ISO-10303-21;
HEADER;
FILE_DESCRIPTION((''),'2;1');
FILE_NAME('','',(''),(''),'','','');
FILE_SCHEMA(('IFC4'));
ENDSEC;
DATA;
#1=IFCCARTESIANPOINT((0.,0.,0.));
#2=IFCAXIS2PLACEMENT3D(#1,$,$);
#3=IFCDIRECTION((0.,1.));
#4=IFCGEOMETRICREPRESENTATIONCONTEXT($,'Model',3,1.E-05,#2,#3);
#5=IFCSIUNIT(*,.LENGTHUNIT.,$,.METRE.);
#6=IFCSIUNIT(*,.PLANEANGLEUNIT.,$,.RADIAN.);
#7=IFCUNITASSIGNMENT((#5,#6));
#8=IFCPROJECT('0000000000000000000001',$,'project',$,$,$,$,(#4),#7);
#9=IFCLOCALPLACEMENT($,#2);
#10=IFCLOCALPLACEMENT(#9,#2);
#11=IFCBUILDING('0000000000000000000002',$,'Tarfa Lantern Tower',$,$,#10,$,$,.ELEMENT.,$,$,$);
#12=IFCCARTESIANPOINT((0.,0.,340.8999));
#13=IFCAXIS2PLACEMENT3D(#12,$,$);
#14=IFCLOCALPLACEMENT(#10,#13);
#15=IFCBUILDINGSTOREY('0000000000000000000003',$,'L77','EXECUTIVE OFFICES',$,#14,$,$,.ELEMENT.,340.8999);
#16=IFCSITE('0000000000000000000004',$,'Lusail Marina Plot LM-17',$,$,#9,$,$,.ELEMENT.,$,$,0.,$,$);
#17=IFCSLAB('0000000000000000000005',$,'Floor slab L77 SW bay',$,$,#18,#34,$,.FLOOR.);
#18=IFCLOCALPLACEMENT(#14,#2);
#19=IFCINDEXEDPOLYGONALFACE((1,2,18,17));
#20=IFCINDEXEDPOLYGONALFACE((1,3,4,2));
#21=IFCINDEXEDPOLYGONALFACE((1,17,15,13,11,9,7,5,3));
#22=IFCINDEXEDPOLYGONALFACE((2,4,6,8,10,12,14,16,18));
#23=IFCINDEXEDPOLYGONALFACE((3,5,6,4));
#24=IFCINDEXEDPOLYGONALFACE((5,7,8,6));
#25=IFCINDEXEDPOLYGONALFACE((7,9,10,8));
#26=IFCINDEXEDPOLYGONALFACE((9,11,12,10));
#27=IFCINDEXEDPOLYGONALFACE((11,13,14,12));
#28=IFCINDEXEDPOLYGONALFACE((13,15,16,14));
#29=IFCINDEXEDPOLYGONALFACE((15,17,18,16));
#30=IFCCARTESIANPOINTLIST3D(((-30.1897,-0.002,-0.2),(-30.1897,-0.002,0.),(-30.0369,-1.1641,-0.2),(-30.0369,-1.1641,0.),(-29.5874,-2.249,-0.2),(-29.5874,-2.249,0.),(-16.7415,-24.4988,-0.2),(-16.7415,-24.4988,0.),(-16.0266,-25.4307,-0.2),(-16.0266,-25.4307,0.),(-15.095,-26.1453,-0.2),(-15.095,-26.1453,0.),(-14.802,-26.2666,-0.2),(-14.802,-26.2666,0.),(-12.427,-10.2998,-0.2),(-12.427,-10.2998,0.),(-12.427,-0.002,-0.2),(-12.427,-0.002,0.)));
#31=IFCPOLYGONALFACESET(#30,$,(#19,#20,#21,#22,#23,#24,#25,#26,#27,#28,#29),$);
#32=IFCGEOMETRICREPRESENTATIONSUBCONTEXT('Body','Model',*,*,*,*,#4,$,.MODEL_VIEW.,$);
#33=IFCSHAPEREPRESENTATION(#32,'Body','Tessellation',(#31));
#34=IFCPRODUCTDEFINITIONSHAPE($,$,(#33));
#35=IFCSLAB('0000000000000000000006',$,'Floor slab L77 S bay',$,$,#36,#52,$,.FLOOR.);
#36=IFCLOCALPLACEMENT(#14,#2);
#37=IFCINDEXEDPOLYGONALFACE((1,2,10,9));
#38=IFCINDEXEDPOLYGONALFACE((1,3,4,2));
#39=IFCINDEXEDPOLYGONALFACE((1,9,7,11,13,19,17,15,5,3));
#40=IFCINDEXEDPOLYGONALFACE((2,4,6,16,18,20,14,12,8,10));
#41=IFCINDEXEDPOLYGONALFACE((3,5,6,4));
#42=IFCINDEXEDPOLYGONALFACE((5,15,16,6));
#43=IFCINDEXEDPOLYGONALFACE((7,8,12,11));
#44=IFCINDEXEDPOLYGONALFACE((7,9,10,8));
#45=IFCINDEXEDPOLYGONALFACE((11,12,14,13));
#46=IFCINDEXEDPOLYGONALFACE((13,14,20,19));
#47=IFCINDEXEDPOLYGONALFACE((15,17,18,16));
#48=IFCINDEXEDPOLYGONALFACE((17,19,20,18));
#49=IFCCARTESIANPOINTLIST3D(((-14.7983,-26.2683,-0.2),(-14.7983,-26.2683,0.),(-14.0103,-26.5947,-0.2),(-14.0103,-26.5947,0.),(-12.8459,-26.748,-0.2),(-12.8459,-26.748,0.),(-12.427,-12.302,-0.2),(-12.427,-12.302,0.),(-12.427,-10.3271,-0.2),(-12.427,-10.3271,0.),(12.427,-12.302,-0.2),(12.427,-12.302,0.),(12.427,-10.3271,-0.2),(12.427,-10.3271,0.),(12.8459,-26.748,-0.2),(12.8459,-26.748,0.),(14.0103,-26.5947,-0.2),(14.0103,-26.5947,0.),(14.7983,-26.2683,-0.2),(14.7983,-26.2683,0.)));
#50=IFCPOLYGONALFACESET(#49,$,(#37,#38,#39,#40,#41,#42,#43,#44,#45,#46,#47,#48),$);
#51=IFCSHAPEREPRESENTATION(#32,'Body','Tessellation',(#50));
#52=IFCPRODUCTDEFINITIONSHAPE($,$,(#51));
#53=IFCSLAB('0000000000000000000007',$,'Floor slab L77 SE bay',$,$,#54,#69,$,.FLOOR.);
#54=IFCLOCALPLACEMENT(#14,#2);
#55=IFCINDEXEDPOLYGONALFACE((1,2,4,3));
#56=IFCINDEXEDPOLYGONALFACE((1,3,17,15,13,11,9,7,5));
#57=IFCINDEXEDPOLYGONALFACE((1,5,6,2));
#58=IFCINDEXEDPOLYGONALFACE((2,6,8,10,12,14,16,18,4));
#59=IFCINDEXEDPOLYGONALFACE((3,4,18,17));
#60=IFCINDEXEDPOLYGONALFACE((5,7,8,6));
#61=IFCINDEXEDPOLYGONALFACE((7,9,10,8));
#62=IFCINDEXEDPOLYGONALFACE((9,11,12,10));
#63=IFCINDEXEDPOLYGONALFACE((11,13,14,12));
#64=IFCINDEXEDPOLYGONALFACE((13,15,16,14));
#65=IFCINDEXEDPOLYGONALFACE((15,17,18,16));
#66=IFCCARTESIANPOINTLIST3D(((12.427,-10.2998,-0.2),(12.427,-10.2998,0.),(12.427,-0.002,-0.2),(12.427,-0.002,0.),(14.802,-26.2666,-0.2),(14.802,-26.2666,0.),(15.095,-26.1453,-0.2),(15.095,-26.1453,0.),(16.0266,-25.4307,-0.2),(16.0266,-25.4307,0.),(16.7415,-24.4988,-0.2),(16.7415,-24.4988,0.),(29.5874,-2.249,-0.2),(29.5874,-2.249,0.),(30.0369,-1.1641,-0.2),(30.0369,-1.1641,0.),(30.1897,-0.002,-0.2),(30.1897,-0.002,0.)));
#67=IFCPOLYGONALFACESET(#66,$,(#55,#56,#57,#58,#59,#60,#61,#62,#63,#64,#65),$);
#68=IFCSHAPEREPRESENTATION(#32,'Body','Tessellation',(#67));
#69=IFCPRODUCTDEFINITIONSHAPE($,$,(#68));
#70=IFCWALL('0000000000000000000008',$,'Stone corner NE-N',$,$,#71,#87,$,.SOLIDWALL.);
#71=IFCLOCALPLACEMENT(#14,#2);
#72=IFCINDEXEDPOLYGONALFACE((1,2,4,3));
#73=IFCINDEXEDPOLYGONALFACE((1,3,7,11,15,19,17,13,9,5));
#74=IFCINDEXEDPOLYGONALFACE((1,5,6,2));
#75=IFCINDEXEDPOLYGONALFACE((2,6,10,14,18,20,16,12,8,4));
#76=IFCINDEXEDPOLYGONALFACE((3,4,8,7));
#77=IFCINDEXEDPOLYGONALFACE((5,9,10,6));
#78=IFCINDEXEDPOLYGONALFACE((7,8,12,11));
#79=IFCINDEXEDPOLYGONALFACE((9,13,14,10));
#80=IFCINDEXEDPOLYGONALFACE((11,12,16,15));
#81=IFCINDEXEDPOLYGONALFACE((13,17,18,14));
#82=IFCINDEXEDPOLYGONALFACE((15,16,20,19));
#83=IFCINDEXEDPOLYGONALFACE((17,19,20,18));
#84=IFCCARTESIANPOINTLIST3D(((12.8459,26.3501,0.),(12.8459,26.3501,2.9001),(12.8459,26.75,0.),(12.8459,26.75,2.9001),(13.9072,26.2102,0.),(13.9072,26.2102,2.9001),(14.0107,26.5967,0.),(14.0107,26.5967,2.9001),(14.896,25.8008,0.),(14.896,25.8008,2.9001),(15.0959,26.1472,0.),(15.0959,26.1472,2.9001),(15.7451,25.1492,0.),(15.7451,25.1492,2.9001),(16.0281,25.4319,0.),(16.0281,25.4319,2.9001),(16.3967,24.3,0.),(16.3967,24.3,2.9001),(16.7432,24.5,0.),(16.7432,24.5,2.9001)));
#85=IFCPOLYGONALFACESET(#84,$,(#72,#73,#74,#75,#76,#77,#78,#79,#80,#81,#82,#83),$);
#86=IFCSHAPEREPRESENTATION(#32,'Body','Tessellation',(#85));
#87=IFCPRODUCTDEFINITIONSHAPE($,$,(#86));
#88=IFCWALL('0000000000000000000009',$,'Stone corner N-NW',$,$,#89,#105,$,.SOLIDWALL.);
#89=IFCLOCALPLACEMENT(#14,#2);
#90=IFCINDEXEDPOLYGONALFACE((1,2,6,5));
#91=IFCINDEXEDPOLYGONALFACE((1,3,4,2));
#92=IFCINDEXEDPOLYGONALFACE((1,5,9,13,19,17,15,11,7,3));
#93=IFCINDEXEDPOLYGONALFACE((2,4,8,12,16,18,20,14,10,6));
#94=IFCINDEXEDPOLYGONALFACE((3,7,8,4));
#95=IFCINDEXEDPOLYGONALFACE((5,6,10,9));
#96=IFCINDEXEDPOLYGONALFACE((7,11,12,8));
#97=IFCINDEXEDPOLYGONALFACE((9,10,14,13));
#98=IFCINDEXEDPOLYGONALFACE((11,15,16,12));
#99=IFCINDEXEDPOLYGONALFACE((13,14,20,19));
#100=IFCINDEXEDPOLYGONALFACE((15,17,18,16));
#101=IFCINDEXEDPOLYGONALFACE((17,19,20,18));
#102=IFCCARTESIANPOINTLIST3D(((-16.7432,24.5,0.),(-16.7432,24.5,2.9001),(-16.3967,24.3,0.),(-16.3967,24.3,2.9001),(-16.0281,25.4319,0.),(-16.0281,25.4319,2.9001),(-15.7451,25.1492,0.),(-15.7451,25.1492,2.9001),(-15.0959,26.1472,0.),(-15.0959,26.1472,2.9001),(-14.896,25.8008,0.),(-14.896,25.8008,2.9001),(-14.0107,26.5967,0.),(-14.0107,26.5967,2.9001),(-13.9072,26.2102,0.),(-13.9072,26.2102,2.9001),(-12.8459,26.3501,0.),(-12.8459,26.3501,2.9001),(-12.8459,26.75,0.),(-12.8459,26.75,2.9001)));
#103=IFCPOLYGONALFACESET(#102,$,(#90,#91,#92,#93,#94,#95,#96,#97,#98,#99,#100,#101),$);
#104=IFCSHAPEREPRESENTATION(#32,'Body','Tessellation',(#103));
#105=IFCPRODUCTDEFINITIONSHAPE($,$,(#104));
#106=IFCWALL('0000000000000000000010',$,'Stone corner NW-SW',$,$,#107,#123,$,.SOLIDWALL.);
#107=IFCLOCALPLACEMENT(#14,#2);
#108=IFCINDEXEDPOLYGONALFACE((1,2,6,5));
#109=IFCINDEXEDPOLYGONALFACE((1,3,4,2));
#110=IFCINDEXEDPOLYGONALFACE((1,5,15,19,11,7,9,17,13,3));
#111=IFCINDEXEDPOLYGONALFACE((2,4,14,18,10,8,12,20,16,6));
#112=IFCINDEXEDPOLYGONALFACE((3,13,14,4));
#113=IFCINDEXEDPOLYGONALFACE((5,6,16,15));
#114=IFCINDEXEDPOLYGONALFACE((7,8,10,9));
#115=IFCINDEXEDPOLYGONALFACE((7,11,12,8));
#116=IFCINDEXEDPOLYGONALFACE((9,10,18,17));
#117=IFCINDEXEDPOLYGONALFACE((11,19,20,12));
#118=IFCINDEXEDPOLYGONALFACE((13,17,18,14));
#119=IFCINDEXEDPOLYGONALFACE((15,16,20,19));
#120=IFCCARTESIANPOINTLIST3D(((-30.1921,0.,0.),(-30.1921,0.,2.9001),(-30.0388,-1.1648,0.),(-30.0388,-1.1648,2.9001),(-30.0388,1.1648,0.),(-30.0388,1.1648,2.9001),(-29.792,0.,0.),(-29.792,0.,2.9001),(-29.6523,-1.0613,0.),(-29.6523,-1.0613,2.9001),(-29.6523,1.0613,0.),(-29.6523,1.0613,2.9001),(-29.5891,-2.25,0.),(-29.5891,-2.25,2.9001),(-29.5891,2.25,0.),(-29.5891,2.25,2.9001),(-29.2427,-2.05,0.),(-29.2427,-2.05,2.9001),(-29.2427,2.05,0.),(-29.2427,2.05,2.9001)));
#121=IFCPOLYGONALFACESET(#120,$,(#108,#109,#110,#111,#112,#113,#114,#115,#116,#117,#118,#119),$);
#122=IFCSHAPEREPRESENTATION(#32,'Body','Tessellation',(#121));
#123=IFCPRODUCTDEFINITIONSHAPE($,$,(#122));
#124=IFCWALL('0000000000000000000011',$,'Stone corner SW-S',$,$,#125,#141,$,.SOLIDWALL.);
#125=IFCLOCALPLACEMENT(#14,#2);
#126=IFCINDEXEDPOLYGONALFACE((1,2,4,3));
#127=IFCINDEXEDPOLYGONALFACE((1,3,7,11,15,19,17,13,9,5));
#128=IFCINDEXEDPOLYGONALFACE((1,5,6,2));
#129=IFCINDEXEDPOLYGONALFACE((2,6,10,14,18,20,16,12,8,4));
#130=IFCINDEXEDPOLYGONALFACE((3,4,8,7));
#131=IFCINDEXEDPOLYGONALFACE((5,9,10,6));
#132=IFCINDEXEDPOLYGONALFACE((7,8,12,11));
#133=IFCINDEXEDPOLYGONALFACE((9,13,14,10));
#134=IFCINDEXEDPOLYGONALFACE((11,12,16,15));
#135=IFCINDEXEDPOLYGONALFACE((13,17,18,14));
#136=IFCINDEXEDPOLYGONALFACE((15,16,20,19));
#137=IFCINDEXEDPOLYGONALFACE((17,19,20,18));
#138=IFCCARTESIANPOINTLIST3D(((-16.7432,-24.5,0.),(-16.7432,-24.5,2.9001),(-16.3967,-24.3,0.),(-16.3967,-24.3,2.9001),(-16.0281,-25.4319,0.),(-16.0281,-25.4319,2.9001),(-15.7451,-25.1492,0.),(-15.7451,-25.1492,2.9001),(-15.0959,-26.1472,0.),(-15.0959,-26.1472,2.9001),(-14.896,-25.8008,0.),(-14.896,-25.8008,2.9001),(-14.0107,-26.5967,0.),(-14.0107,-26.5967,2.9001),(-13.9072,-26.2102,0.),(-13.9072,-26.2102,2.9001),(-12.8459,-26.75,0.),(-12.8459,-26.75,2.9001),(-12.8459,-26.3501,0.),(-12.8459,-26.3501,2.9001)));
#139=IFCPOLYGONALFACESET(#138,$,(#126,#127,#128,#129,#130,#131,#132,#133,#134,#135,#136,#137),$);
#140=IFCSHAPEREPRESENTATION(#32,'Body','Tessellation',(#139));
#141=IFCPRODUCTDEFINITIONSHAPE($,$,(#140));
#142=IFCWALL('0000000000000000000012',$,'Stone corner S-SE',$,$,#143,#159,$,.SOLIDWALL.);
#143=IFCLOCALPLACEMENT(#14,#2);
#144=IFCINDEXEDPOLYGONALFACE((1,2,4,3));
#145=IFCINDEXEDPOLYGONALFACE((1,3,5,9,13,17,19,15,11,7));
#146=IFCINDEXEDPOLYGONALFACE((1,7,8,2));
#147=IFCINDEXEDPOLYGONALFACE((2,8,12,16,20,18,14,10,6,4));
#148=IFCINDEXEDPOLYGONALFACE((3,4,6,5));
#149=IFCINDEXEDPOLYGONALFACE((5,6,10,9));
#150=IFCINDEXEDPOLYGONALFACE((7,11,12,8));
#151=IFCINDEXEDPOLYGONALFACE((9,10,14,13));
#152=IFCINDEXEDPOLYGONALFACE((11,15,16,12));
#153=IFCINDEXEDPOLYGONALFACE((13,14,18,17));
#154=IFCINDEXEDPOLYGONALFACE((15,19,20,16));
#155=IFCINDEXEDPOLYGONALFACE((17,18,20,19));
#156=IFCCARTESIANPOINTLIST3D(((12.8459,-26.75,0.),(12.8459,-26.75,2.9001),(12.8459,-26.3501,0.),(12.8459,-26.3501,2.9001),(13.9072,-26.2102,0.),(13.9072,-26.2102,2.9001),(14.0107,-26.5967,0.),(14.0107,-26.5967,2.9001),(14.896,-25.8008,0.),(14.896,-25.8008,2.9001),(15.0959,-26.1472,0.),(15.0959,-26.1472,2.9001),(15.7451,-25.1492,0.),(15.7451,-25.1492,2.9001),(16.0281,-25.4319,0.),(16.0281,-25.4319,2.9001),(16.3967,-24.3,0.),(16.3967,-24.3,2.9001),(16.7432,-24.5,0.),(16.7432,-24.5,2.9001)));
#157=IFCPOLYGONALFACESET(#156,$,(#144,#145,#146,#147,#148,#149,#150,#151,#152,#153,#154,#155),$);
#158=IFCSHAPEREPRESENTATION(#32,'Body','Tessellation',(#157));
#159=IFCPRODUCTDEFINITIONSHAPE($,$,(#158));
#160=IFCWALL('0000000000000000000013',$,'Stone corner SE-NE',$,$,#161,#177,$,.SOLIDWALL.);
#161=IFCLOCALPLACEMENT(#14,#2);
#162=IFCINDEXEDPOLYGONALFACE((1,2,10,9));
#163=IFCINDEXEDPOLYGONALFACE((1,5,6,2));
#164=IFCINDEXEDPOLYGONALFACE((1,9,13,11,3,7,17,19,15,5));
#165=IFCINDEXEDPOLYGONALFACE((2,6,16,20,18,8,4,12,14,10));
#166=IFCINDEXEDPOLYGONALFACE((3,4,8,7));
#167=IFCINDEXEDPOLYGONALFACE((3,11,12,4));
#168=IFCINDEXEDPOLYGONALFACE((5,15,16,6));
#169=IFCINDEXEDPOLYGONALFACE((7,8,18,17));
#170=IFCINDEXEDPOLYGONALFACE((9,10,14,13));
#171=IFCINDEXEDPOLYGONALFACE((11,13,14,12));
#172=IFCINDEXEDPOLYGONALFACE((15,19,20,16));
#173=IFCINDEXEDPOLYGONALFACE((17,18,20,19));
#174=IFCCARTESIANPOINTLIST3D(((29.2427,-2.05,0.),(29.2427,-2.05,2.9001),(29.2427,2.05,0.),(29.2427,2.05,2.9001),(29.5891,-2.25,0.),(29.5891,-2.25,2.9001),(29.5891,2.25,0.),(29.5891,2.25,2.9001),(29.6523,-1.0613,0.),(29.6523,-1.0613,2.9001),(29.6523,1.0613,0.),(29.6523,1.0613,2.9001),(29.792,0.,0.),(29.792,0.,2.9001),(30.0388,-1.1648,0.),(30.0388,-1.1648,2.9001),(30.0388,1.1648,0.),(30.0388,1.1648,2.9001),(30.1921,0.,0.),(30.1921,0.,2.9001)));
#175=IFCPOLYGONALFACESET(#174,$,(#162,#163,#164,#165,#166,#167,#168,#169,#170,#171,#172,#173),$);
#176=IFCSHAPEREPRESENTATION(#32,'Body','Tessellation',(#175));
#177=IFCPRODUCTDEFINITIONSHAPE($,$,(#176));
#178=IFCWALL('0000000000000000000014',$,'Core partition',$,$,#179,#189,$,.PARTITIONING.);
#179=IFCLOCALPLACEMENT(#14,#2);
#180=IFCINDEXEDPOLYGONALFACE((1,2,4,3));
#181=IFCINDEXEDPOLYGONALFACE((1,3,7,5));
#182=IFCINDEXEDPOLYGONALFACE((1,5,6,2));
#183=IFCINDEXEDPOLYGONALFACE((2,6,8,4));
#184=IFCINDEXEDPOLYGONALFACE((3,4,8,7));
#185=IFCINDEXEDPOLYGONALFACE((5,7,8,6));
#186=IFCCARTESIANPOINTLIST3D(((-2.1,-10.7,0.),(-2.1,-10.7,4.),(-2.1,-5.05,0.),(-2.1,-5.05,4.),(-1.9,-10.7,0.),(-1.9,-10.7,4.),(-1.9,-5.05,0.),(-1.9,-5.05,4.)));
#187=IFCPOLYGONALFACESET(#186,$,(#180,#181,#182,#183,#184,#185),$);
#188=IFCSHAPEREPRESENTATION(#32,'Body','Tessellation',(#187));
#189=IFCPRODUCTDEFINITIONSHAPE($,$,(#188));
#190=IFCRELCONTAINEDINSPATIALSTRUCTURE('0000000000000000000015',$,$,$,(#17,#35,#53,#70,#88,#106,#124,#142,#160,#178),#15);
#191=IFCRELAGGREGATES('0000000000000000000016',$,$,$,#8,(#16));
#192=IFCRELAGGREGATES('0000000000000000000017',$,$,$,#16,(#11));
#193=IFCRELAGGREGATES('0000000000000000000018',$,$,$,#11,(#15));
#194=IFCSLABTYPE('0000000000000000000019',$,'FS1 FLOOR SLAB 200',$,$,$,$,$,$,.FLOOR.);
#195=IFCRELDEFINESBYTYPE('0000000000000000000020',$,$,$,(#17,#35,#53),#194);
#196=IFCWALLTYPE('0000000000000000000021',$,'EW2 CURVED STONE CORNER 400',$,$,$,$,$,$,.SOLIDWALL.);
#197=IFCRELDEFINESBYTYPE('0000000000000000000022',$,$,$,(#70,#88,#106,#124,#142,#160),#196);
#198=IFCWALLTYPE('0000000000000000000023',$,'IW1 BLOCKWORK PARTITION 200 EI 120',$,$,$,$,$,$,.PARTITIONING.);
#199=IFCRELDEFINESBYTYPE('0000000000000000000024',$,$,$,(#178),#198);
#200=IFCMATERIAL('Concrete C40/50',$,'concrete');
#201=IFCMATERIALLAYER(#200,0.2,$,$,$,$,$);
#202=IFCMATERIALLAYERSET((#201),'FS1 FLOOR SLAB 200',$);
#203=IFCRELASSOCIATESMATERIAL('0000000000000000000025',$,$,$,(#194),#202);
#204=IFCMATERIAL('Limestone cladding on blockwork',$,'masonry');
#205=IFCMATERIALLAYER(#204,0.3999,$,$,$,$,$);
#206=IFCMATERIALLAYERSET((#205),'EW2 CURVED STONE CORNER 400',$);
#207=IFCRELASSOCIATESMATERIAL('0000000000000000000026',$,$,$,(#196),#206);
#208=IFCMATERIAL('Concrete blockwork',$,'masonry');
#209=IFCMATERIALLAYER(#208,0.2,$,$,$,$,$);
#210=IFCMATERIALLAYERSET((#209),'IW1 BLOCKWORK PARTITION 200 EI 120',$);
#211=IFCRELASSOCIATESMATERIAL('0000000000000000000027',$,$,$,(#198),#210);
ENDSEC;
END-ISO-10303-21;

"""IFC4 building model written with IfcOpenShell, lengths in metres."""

from ifc_helpers import new_model, si_unit, direction, frame, frame_2d, origin, place, context, subcontext, project, spatial, polyline, rectangle, outline, extrude, material, layer, layer_set, type_object, element, save


model = new_model("IFC4")

# Units and contexts
model_context = context("Model", 3, precision=1e-05, world=origin(), true_north=direction((0.0, 1.0)))
body_context = subcontext(model_context, "Body", "Model", "MODEL_VIEW")
ifc_project = project(units=[si_unit("LENGTHUNIT", "METRE"), si_unit("PLANEANGLEUNIT", "RADIAN")], contexts=[model_context])

# Site, building, storey
site_placement = place(None, origin())
site = spatial("IfcSite", under=ifc_project, at=site_placement, Name="Lusail Marina Plot LM-17", CompositionType="ELEMENT", RefElevation=0.0)
building_placement = place(site_placement, origin())
building = spatial("IfcBuilding", under=site, at=building_placement, Name="Tarfa Lantern Tower", CompositionType="ELEMENT")
storey_placement = place(building_placement, frame((0.0, 0.0, 340.8999)))
storey = spatial("IfcBuildingStorey", under=building, at=storey_placement, Name="L77", Description="EXECUTIVE OFFICES", CompositionType="ELEMENT", Elevation=340.8999)

# Slabs
ifc_material_1 = material(Name="Concrete C40/50", Category="concrete")
ifc_layer_1 = layer(ifc_material_1, 0.2)
ifc_layer_set_1 = layer_set([ifc_layer_1], Name="FS1 FLOOR SLAB 200")
slab_type_1 = type_object("IfcSlabType", Name="FS1 FLOOR SLAB 200", PredefinedType="FLOOR", material=ifc_layer_set_1)
slab_1_placement = place(storey_placement, frame((0.0, 0.0, -0.2)))
element("IfcSlab", 1, at=slab_1_placement, inside=storey, type_object=slab_type_1, Name="Floor slab L77 SW bay", PredefinedType="FLOOR", context=body_context, shape_type="SweptSolid", body=[
    extrude(outline(polyline([(-12.427, -10.2998), (-12.427, -0.002), (-30.1897, -0.002), (-30.0369, -1.1641), (-29.5874, -2.249), (-16.7415, -24.4988), (-16.0266, -25.4307), (-15.095, -26.1453), (-14.802, -26.2666), (-12.427, -10.2998)])), origin(), (0.0, 0.0, 1.0), 0.2),
])
slab_2_placement = place(storey_placement, frame((0.0, 0.0, -0.2)))
element("IfcSlab", 2, at=slab_2_placement, inside=storey, type_object=slab_type_1, Name="Floor slab L77 S bay", PredefinedType="FLOOR", context=body_context, shape_type="SweptSolid", body=[
    extrude(outline(polyline([(12.427, -10.3271), (12.427, -12.302), (-12.427, -12.302), (-12.427, -10.3271), (-14.7983, -26.2683), (-14.0103, -26.5947), (-12.8459, -26.748), (12.8459, -26.748), (14.0103, -26.5947), (14.7983, -26.2683), (12.427, -10.3271)])), origin(), (0.0, 0.0, 1.0), 0.2),
])
slab_3_placement = place(storey_placement, frame((0.0, 0.0, -0.2)))
element("IfcSlab", 3, at=slab_3_placement, inside=storey, type_object=slab_type_1, Name="Floor slab L77 SE bay", PredefinedType="FLOOR", context=body_context, shape_type="SweptSolid", body=[
    extrude(outline(polyline([(12.427, -0.002), (12.427, -10.2998), (14.802, -26.2666), (15.095, -26.1453), (16.0266, -25.4307), (16.7415, -24.4988), (29.5874, -2.249), (30.0369, -1.1641), (30.1897, -0.002), (12.427, -0.002)])), origin(), (0.0, 0.0, 1.0), 0.2),
])

# Walls
ifc_material_2 = material(Name="Limestone cladding on blockwork", Category="masonry")
ifc_layer_2 = layer(ifc_material_2, 0.3999)
ifc_layer_set_2 = layer_set([ifc_layer_2], Name="EW2 CURVED STONE CORNER 400")
wall_type_1 = type_object("IfcWallType", Name="EW2 CURVED STONE CORNER 400", PredefinedType="SOLIDWALL", material=ifc_layer_set_2)
wall_1_placement = place(storey_placement, origin())
element("IfcWall", 4, at=wall_1_placement, inside=storey, type_object=wall_type_1, Name="Stone corner NE-N", PredefinedType="SOLIDWALL", context=body_context, shape_type="SweptSolid", body=[
    extrude(outline(polyline([(16.7432, 24.5), (16.0281, 25.4319), (15.0959, 26.1472), (14.0107, 26.5967), (12.8459, 26.75), (12.8459, 26.3501), (13.9072, 26.2102), (14.896, 25.8008), (15.7451, 25.1492), (16.3967, 24.3), (16.7432, 24.5)])), origin(), (0.0, 0.0, 1.0), 2.9001),
])
wall_2_placement = place(storey_placement, origin())
element("IfcWall", 5, at=wall_2_placement, inside=storey, type_object=wall_type_1, Name="Stone corner N-NW", PredefinedType="SOLIDWALL", context=body_context, shape_type="SweptSolid", body=[
    extrude(outline(polyline([(-12.8459, 26.75), (-14.0107, 26.5967), (-15.0959, 26.1472), (-16.0281, 25.4319), (-16.7432, 24.5), (-16.3967, 24.3), (-15.7451, 25.1492), (-14.896, 25.8008), (-13.9072, 26.2102), (-12.8459, 26.3501), (-12.8459, 26.75)])), origin(), (0.0, 0.0, 1.0), 2.9001),
])
wall_3_placement = place(storey_placement, origin())
element("IfcWall", 6, at=wall_3_placement, inside=storey, type_object=wall_type_1, Name="Stone corner NW-SW", PredefinedType="SOLIDWALL", context=body_context, shape_type="SweptSolid", body=[
    extrude(outline(polyline([(-29.5891, 2.25), (-30.0388, 1.1648), (-30.1921, 0.0), (-30.0388, -1.1648), (-29.5891, -2.25), (-29.2427, -2.05), (-29.6523, -1.0613), (-29.792, 0.0), (-29.6523, 1.0613), (-29.2427, 2.05), (-29.5891, 2.25)])), origin(), (0.0, 0.0, 1.0), 2.9001),
])
wall_4_placement = place(storey_placement, origin())
element("IfcWall", 7, at=wall_4_placement, inside=storey, type_object=wall_type_1, Name="Stone corner SW-S", PredefinedType="SOLIDWALL", context=body_context, shape_type="SweptSolid", body=[
    extrude(outline(polyline([(-16.7432, -24.5), (-16.0281, -25.4319), (-15.0959, -26.1472), (-14.0107, -26.5967), (-12.8459, -26.75), (-12.8459, -26.3501), (-13.9072, -26.2102), (-14.896, -25.8008), (-15.7451, -25.1492), (-16.3967, -24.3), (-16.7432, -24.5)])), origin(), (0.0, 0.0, 1.0), 2.9001),
])
wall_5_placement = place(storey_placement, origin())
element("IfcWall", 8, at=wall_5_placement, inside=storey, type_object=wall_type_1, Name="Stone corner S-SE", PredefinedType="SOLIDWALL", context=body_context, shape_type="SweptSolid", body=[
    extrude(outline(polyline([(12.8459, -26.75), (14.0107, -26.5967), (15.0959, -26.1472), (16.0281, -25.4319), (16.7432, -24.5), (16.3967, -24.3), (15.7451, -25.1492), (14.896, -25.8008), (13.9072, -26.2102), (12.8459, -26.3501), (12.8459, -26.75)])), origin(), (0.0, 0.0, 1.0), 2.9001),
])
wall_6_placement = place(storey_placement, origin())
element("IfcWall", 9, at=wall_6_placement, inside=storey, type_object=wall_type_1, Name="Stone corner SE-NE", PredefinedType="SOLIDWALL", context=body_context, shape_type="SweptSolid", body=[
    extrude(outline(polyline([(29.5891, -2.25), (30.0388, -1.1648), (30.1921, 0.0), (30.0388, 1.1648), (29.5891, 2.25), (29.2427, 2.05), (29.6523, 1.0613), (29.792, 0.0), (29.6523, -1.0613), (29.2427, -2.05), (29.5891, -2.25)])), origin(), (0.0, 0.0, 1.0), 2.9001),
])
ifc_material_3 = material(Name="Concrete blockwork", Category="masonry")
ifc_layer_3 = layer(ifc_material_3, 0.2)
ifc_layer_set_3 = layer_set([ifc_layer_3], Name="IW1 BLOCKWORK PARTITION 200 EI 120")
wall_type_2 = type_object("IfcWallType", Name="IW1 BLOCKWORK PARTITION 200 EI 120", PredefinedType="PARTITIONING", material=ifc_layer_set_3)
wall_7_placement = place(storey_placement, frame((-2.0, -5.05, 0.0), z_axis=(0.0, 0.0, 1.0), x_axis=(0.0, -1.0, 0.0)))
element("IfcWall", 10, at=wall_7_placement, inside=storey, type_object=wall_type_2, Name="Core partition", PredefinedType="PARTITIONING", context=body_context, shape_type="SweptSolid", body=[
    extrude(rectangle(XDim=5.6499, YDim=0.2, at=frame_2d((2.825, 0.0))), origin(), (0.0, 0.0, 1.0), 4.0),
])

save(model, "model.ifc")
